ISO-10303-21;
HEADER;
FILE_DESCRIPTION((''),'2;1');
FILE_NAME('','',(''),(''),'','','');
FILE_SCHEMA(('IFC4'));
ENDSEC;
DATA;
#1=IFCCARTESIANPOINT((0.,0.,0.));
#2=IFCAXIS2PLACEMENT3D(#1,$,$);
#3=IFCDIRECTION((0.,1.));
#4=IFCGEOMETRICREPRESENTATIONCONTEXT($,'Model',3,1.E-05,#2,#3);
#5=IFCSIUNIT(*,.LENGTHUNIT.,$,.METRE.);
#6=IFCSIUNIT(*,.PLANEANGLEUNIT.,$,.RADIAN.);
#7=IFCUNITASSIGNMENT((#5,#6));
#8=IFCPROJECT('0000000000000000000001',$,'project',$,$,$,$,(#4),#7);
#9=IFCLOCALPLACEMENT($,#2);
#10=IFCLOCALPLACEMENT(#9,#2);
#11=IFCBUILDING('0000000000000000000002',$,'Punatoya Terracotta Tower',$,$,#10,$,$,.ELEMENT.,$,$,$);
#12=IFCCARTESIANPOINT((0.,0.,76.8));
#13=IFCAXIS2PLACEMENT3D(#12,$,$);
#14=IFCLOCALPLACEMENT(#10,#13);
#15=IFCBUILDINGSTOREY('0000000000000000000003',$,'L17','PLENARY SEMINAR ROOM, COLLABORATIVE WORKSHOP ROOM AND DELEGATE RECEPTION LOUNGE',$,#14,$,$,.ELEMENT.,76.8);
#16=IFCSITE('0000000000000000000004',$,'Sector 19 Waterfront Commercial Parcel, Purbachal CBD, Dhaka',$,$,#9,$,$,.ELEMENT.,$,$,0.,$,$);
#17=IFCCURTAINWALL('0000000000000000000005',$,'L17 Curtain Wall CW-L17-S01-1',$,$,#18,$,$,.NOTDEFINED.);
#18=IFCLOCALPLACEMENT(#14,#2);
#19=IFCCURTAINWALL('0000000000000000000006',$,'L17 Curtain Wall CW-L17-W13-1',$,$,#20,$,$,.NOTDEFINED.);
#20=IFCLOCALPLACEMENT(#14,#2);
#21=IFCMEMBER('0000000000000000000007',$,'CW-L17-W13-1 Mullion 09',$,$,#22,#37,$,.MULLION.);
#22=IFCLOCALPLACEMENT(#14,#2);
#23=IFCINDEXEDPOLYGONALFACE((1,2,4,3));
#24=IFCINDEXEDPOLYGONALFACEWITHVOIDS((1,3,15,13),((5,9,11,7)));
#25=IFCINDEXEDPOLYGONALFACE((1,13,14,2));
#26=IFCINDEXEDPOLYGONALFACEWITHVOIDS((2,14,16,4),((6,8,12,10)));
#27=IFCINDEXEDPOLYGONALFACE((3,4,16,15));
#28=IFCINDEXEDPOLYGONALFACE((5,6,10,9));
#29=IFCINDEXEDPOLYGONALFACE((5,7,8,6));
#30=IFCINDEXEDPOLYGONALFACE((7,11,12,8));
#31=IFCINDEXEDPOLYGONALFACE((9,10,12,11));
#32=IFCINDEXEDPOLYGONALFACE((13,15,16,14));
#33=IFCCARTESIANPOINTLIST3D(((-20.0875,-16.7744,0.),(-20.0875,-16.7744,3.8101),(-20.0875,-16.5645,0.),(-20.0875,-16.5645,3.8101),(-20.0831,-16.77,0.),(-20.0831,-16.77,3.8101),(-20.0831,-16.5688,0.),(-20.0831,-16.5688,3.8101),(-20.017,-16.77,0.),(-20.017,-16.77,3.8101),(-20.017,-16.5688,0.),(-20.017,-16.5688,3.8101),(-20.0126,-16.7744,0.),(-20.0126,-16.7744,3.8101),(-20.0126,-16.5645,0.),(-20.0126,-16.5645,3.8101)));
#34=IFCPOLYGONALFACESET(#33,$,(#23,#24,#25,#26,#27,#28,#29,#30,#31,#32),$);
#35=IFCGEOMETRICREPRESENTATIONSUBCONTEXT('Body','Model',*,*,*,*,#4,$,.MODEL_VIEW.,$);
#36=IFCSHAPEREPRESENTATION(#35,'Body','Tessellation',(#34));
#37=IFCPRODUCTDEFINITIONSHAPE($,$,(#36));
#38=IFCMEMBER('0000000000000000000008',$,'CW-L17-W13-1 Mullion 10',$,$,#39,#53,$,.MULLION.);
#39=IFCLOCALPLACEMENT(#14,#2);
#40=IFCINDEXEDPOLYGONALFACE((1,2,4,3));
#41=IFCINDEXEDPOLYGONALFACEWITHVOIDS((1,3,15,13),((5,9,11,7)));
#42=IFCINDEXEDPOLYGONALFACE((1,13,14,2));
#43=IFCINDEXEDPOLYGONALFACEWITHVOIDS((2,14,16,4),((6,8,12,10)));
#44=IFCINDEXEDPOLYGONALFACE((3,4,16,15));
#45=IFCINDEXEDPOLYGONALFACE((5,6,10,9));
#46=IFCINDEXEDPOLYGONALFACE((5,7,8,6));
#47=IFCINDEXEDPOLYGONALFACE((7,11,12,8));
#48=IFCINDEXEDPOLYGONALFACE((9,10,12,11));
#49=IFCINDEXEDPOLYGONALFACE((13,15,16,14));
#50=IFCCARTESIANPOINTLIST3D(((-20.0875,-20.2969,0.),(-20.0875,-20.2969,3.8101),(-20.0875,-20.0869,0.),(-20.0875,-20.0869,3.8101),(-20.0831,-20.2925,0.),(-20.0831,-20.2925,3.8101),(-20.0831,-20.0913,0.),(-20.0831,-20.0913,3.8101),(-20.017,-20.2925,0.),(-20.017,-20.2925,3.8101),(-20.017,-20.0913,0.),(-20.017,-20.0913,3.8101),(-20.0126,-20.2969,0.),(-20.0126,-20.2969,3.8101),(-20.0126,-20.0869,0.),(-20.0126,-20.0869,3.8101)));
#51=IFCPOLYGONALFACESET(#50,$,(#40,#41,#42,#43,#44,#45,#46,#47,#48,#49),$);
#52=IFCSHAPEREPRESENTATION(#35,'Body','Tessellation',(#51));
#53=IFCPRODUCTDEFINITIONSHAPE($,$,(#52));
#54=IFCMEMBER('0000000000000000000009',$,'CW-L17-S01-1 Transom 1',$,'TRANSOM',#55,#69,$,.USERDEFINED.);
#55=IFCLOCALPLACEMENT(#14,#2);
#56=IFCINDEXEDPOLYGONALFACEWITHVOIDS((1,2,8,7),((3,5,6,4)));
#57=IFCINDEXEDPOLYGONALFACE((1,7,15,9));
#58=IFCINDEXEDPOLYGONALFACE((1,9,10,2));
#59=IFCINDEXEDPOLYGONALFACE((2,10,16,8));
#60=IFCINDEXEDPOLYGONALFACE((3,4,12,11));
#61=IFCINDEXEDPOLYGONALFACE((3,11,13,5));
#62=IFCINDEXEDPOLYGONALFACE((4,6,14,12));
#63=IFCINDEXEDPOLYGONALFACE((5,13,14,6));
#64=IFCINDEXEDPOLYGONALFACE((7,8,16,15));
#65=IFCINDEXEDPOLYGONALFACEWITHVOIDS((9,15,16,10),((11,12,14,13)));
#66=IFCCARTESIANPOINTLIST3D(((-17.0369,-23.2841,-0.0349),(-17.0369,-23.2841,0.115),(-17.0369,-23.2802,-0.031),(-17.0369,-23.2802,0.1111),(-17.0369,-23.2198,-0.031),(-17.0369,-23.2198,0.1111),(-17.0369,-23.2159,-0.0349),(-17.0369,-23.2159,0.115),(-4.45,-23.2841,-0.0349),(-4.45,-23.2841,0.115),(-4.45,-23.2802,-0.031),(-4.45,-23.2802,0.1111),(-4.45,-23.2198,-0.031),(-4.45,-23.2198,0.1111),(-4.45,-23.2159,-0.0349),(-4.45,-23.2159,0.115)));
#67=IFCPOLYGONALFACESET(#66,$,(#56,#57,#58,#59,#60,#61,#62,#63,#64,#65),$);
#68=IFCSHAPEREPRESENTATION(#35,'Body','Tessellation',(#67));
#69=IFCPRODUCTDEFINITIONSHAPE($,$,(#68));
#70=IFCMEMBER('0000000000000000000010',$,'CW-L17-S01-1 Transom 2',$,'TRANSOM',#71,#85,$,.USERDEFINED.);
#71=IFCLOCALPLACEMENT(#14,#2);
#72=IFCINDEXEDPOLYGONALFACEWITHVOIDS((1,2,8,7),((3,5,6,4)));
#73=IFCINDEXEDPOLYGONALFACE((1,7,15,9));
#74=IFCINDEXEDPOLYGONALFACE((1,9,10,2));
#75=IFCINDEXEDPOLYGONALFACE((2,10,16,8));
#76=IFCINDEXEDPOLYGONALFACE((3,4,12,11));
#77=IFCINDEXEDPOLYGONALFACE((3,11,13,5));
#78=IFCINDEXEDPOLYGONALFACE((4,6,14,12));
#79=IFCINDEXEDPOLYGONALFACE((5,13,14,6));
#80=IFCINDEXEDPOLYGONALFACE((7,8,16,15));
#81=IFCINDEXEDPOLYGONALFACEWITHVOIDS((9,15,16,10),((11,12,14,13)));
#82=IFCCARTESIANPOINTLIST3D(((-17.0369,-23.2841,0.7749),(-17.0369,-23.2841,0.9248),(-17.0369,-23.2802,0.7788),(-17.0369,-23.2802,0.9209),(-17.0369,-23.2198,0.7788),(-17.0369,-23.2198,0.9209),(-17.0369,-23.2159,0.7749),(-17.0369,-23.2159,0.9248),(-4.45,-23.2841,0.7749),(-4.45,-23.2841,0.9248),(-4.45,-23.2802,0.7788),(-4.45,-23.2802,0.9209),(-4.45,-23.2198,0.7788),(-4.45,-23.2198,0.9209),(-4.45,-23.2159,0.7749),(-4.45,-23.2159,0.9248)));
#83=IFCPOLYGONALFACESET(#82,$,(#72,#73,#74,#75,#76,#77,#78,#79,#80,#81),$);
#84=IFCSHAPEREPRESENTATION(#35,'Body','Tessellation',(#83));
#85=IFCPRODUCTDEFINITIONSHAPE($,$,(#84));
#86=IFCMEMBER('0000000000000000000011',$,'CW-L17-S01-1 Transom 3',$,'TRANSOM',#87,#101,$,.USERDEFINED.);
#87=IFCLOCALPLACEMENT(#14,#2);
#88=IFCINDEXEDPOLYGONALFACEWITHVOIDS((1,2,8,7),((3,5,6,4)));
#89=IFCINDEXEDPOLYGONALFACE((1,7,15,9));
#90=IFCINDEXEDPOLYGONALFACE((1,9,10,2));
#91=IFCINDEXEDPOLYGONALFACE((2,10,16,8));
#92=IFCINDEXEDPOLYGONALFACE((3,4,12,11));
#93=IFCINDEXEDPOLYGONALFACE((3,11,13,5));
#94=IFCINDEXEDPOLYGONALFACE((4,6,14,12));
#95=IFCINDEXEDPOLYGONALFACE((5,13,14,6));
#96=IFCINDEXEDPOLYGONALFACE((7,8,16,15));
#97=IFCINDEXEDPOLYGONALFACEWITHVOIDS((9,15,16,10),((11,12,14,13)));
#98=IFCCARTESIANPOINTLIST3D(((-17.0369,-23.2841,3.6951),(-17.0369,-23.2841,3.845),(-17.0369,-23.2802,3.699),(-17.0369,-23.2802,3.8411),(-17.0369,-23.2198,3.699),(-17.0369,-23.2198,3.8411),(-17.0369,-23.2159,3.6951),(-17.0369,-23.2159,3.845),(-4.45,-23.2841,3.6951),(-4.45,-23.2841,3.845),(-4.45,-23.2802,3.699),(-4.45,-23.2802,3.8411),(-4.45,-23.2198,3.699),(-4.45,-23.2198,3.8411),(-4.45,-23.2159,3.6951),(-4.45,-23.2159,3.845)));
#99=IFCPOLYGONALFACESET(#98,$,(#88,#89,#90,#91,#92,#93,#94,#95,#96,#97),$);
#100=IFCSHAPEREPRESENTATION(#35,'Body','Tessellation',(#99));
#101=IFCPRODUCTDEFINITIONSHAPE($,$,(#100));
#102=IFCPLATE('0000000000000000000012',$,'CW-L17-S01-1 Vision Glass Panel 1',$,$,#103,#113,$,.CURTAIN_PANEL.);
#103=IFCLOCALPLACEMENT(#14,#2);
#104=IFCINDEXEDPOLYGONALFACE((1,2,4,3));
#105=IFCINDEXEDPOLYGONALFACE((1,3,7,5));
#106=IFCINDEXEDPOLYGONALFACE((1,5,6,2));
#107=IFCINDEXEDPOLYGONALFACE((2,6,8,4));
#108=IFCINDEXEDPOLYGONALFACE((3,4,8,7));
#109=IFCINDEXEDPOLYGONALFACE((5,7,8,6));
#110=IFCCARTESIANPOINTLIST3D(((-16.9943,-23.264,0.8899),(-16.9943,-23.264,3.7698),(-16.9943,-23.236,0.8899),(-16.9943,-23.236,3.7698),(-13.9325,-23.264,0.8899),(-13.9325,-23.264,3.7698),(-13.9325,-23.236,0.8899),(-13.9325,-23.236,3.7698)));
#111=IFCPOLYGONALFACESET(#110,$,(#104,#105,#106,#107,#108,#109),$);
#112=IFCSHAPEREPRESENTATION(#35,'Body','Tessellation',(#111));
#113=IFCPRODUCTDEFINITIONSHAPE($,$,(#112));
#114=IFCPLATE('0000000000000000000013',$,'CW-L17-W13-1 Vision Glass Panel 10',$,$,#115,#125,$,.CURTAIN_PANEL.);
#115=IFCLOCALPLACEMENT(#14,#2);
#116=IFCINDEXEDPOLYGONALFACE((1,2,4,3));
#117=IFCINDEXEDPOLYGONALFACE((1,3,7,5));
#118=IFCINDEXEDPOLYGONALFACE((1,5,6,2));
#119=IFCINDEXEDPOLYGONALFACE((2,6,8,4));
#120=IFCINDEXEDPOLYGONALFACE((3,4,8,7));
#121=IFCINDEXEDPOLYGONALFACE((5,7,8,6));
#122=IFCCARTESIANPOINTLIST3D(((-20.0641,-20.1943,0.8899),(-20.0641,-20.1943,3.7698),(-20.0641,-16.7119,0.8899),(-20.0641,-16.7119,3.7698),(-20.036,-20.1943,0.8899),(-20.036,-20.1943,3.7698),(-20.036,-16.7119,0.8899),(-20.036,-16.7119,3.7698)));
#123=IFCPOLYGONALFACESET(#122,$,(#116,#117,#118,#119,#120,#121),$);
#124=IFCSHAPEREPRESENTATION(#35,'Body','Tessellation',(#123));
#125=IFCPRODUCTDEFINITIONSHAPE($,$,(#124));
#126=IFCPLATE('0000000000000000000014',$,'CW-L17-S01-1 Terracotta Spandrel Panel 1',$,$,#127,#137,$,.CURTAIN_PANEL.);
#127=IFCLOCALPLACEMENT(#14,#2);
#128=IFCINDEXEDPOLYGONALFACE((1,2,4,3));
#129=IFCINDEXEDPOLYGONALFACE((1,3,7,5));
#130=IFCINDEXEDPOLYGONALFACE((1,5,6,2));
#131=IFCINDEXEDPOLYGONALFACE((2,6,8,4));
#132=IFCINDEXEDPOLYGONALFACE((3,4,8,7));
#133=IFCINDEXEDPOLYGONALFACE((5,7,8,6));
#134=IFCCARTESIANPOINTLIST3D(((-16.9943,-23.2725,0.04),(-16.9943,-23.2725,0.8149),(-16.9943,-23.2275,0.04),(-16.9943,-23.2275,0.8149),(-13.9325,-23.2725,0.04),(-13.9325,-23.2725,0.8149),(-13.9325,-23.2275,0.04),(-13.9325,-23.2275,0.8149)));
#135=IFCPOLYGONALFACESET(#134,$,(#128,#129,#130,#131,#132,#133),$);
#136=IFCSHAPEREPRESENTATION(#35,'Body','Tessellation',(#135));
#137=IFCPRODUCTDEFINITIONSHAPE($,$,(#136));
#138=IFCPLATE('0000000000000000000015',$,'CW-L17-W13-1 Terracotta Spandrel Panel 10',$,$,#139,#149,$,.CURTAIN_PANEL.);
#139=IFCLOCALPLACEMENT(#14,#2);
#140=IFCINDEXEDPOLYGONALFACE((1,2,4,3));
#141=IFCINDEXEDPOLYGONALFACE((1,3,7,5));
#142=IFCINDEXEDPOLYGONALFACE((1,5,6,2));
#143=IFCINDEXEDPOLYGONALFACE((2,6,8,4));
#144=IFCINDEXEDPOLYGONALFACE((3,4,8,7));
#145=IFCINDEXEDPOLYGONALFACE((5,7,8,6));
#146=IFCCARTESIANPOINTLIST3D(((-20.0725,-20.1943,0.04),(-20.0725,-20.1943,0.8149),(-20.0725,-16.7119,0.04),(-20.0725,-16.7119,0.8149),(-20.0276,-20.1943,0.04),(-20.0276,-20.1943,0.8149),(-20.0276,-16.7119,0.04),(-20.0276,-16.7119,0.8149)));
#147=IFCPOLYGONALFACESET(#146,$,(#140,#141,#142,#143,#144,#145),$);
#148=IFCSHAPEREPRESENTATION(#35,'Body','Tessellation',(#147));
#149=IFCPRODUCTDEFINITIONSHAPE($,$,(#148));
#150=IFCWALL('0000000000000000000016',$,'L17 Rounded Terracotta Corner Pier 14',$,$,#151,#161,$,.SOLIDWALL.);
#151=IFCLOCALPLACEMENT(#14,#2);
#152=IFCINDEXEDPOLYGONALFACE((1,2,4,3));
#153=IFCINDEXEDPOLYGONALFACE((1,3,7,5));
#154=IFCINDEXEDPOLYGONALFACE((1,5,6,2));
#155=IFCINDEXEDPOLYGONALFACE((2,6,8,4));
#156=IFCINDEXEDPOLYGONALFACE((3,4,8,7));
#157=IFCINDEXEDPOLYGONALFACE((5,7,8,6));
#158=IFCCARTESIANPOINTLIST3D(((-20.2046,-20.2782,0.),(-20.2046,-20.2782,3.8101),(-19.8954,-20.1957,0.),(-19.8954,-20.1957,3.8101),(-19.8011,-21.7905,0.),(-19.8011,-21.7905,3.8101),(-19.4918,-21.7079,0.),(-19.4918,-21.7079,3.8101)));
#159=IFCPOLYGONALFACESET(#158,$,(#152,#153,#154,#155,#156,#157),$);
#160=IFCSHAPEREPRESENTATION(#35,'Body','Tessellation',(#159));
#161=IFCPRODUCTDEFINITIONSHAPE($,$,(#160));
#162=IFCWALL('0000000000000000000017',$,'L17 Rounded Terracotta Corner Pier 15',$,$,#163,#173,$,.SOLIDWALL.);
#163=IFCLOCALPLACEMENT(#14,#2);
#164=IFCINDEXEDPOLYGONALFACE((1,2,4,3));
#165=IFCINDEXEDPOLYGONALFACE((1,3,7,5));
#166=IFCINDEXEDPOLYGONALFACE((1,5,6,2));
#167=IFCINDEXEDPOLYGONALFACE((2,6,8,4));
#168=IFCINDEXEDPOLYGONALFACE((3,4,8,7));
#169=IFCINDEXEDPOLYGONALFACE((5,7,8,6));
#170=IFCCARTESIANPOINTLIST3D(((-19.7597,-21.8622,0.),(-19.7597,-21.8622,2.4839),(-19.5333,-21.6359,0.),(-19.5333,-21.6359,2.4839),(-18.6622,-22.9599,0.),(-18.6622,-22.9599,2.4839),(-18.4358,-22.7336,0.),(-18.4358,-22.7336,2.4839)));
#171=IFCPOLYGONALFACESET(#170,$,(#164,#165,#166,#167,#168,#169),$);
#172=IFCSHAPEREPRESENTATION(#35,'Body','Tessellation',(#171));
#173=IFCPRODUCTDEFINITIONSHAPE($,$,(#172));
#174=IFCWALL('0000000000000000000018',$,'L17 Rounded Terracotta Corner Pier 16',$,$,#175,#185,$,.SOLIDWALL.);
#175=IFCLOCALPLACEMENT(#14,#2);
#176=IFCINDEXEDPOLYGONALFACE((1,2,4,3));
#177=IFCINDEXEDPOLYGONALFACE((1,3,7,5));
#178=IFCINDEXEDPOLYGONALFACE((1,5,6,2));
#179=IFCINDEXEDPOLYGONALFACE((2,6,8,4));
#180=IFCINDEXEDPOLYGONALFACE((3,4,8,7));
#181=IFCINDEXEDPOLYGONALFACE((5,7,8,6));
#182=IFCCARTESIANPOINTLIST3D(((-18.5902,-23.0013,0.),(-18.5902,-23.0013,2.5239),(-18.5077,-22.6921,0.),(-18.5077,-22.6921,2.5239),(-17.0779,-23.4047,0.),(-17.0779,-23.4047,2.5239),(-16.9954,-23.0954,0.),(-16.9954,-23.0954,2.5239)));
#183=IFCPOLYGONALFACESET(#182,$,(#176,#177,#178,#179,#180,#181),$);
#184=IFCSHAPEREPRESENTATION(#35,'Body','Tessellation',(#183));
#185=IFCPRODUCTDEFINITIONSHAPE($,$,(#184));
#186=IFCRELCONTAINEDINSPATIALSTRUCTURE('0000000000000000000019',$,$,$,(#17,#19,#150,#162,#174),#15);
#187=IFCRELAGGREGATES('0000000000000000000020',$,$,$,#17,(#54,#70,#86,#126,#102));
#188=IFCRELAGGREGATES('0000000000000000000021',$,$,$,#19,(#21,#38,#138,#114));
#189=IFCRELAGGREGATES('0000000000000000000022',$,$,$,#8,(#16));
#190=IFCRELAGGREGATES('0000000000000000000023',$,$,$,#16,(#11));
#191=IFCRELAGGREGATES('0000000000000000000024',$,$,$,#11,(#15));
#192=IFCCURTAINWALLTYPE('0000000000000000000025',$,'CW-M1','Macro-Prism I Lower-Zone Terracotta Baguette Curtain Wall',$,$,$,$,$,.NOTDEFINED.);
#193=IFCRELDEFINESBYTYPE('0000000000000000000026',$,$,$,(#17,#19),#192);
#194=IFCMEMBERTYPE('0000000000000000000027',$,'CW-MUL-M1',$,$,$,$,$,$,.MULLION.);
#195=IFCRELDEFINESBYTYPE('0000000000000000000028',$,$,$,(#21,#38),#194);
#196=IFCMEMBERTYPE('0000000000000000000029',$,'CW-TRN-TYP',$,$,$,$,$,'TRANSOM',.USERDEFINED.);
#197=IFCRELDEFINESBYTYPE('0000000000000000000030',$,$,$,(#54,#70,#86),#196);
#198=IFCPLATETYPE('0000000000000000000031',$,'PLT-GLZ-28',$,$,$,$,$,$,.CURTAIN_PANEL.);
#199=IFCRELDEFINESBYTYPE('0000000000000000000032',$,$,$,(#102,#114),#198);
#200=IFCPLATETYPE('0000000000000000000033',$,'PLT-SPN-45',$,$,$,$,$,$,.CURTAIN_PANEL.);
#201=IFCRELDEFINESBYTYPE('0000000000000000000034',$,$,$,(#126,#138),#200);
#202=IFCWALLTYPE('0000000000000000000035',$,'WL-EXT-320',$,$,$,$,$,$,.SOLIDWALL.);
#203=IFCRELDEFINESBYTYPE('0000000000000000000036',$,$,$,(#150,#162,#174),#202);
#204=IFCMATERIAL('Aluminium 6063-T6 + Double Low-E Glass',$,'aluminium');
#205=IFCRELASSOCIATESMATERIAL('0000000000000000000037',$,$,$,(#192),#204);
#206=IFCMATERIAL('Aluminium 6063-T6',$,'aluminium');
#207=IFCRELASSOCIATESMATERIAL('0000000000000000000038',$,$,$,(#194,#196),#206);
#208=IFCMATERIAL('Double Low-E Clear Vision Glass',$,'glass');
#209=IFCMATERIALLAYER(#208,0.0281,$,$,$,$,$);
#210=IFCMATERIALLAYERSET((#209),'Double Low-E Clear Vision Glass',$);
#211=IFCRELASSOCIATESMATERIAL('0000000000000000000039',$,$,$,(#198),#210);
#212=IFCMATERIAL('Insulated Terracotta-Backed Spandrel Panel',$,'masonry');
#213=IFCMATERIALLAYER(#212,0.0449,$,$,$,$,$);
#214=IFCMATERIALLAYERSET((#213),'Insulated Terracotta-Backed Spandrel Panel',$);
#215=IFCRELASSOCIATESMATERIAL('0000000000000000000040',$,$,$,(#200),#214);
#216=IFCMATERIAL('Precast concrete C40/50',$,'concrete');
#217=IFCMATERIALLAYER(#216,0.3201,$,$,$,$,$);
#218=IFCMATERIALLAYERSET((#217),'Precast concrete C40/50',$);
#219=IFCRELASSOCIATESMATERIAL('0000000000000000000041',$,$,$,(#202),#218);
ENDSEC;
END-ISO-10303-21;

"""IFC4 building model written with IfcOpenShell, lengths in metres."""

from ifc_helpers import new_model, si_unit, direction, frame, frame_2d, origin, origin_2d, place, context, subcontext, project, spatial, rectangle, hollow_rectangle, extrude, material, layer, layer_set, material_profile, profile_set, type_object, element, aggregate, save


model = new_model("IFC4")

# Units and contexts
model_context = context("Model", 3, precision=1e-05, world=origin(), true_north=direction((0.0, 1.0)))
body_context = subcontext(model_context, "Body", "Model", "MODEL_VIEW")
ifc_project = project(units=[si_unit("LENGTHUNIT", "METRE"), si_unit("PLANEANGLEUNIT", "RADIAN")], contexts=[model_context])

# Site, building, storey
site_placement = place(None, origin())
site = spatial("IfcSite", under=ifc_project, at=site_placement, Name="Sector 19 Waterfront Commercial Parcel, Purbachal CBD, Dhaka", CompositionType="ELEMENT", RefElevation=0.0)
building_placement = place(site_placement, origin())
building = spatial("IfcBuilding", under=site, at=building_placement, Name="Punatoya Terracotta Tower", CompositionType="ELEMENT")
storey_placement = place(building_placement, frame((0.0, 0.0, 76.8)))
storey = spatial("IfcBuildingStorey", under=building, at=storey_placement, Name="L17", Description="PLENARY SEMINAR ROOM, COLLABORATIVE WORKSHOP ROOM AND DELEGATE RECEPTION LOUNGE", CompositionType="ELEMENT", Elevation=76.8)

# Curtain walls, members
ifc_material_1 = material(Name="Aluminium 6063-T6 + Double Low-E Glass", Category="aluminium")
curtain_wall_type = type_object("IfcCurtainWallType", Name="CW-M1", Description="Macro-Prism I Lower-Zone Terracotta Baguette Curtain Wall", PredefinedType="NOTDEFINED", material=ifc_material_1)
curtain_wall_1_placement = place(storey_placement, origin())
curtain_wall_1 = element("IfcCurtainWall", 1, at=curtain_wall_1_placement, inside=storey, type_object=curtain_wall_type, Name="L17 Curtain Wall CW-L17-S01-1", PredefinedType="NOTDEFINED")
ifc_material_2 = material(Name="Aluminium 6063-T6", Category="aluminium")
ifc_material_profile_1 = material_profile(ifc_material_2, hollow_rectangle(XDim=0.075, YDim=0.21, WallThickness=0.0044, at=origin_2d()))
ifc_profile_set_1 = profile_set([ifc_material_profile_1], Name="Aluminium 6063-T6")
member_type_1 = type_object("IfcMemberType", Name="CW-MUL-M1", PredefinedType="MULLION", material=ifc_profile_set_1)
curtain_wall_2_placement = place(storey_placement, origin())
curtain_wall_2 = element("IfcCurtainWall", 2, at=curtain_wall_2_placement, inside=storey, type_object=curtain_wall_type, Name="L17 Curtain Wall CW-L17-W13-1", PredefinedType="NOTDEFINED")
member_1_placement = place(storey_placement, frame((-20.05, -16.6694, 0.0), z_axis=(0.0, 0.0, 1.0), x_axis=(1.0, 0.0, 0.0)))
member_1 = element("IfcMember", 3, at=member_1_placement, type_object=member_type_1, Name="CW-L17-W13-1 Mullion 09", PredefinedType="MULLION", context=body_context, shape_type="SweptSolid", body=[
    extrude(hollow_rectangle(XDim=0.075, YDim=0.21, WallThickness=0.0044, at=origin_2d()), origin(), (0.0, 0.0, 1.0), 3.8101),
])
member_2_placement = place(storey_placement, frame((-20.05, -20.1919, 0.0), z_axis=(0.0, 0.0, 1.0), x_axis=(1.0, 0.0, 0.0)))
member_2 = element("IfcMember", 4, at=member_2_placement, type_object=member_type_1, Name="CW-L17-W13-1 Mullion 10", PredefinedType="MULLION", context=body_context, shape_type="SweptSolid", body=[
    extrude(hollow_rectangle(XDim=0.075, YDim=0.21, WallThickness=0.0044, at=origin_2d()), origin(), (0.0, 0.0, 1.0), 3.8101),
])

# Members
ifc_material_profile_2 = material_profile(ifc_material_2, hollow_rectangle(XDim=0.0681, YDim=0.1499, WallThickness=0.0039, at=origin_2d()))
ifc_profile_set_2 = profile_set([ifc_material_profile_2], Name="Aluminium 6063-T6")
member_type_2 = type_object("IfcMemberType", Name="CW-TRN-TYP", ElementType="TRANSOM", PredefinedType="USERDEFINED", material=ifc_profile_set_2)
member_3_placement = place(storey_placement, frame((-17.0369, -23.25, 0.04), z_axis=(1.0, 0.0, 0.0), x_axis=(0.0, 1.0, 0.0)))
member_3 = element("IfcMember", 5, at=member_3_placement, type_object=member_type_2, Name="CW-L17-S01-1 Transom 1", ObjectType="TRANSOM", PredefinedType="USERDEFINED", context=body_context, shape_type="SweptSolid", body=[
    extrude(hollow_rectangle(XDim=0.0681, YDim=0.1499, WallThickness=0.0039, at=origin_2d()), origin(), (0.0, 0.0, 1.0), 12.5869),
])
member_4_placement = place(storey_placement, frame((-17.0369, -23.25, 0.8499), z_axis=(1.0, 0.0, 0.0), x_axis=(0.0, 1.0, 0.0)))
member_4 = element("IfcMember", 6, at=member_4_placement, type_object=member_type_2, Name="CW-L17-S01-1 Transom 2", ObjectType="TRANSOM", PredefinedType="USERDEFINED", context=body_context, shape_type="SweptSolid", body=[
    extrude(hollow_rectangle(XDim=0.0681, YDim=0.1499, WallThickness=0.0039, at=origin_2d()), origin(), (0.0, 0.0, 1.0), 12.5869),
])
member_5_placement = place(storey_placement, frame((-17.0369, -23.25, 3.77), z_axis=(1.0, 0.0, 0.0), x_axis=(0.0, 1.0, 0.0)))
member_5 = element("IfcMember", 7, at=member_5_placement, type_object=member_type_2, Name="CW-L17-S01-1 Transom 3", ObjectType="TRANSOM", PredefinedType="USERDEFINED", context=body_context, shape_type="SweptSolid", body=[
    extrude(hollow_rectangle(XDim=0.0681, YDim=0.1499, WallThickness=0.0039, at=origin_2d()), origin(), (0.0, 0.0, 1.0), 12.5869),
])

# Plates
ifc_material_3 = material(Name="Double Low-E Clear Vision Glass", Category="glass")
ifc_layer_1 = layer(ifc_material_3, 0.0281)
ifc_layer_set_1 = layer_set([ifc_layer_1], Name="Double Low-E Clear Vision Glass")
plate_type_1 = type_object("IfcPlateType", Name="PLT-GLZ-28", PredefinedType="CURTAIN_PANEL", material=ifc_layer_set_1)
plate_1_placement = place(storey_placement, frame((-15.4634, -23.25, 0.8899), z_axis=(0.0, 0.0, 1.0), x_axis=(1.0, 0.0, 0.0)))
plate_1 = element("IfcPlate", 8, at=plate_1_placement, type_object=plate_type_1, Name="CW-L17-S01-1 Vision Glass Panel 1", PredefinedType="CURTAIN_PANEL", context=body_context, shape_type="SweptSolid", body=[
    extrude(rectangle(XDim=3.0618, YDim=0.0281, at=origin_2d()), origin(), (0.0, 0.0, 1.0), 2.8799),
])
plate_2_placement = place(storey_placement, frame((-20.05, -18.4531, 0.8899), z_axis=(0.0, 0.0, 1.0), x_axis=(0.0, -1.0, 0.0)))
plate_2 = element("IfcPlate", 9, at=plate_2_placement, type_object=plate_type_1, Name="CW-L17-W13-1 Vision Glass Panel 10", PredefinedType="CURTAIN_PANEL", context=body_context, shape_type="SweptSolid", body=[
    extrude(rectangle(XDim=3.4824, YDim=0.0281, at=origin_2d()), origin(), (0.0, 0.0, 1.0), 2.8799),
])
ifc_material_4 = material(Name="Insulated Terracotta-Backed Spandrel Panel", Category="masonry")
ifc_layer_2 = layer(ifc_material_4, 0.0449)
ifc_layer_set_2 = layer_set([ifc_layer_2], Name="Insulated Terracotta-Backed Spandrel Panel")
plate_type_2 = type_object("IfcPlateType", Name="PLT-SPN-45", PredefinedType="CURTAIN_PANEL", material=ifc_layer_set_2)
plate_3_placement = place(storey_placement, frame((-15.4634, -23.25, 0.04), z_axis=(0.0, 0.0, 1.0), x_axis=(1.0, 0.0, 0.0)))
plate_3 = element("IfcPlate", 10, at=plate_3_placement, type_object=plate_type_2, Name="CW-L17-S01-1 Terracotta Spandrel Panel 1", PredefinedType="CURTAIN_PANEL", context=body_context, shape_type="SweptSolid", body=[
    extrude(rectangle(XDim=3.0618, YDim=0.0449, at=origin_2d()), origin(), (0.0, 0.0, 1.0), 0.7749),
])
aggregate(curtain_wall_1, [member_3, member_4, member_5, plate_3, plate_1])
plate_4_placement = place(storey_placement, frame((-20.05, -18.4531, 0.04), z_axis=(0.0, 0.0, 1.0), x_axis=(0.0, -1.0, 0.0)))
plate_4 = element("IfcPlate", 11, at=plate_4_placement, type_object=plate_type_2, Name="CW-L17-W13-1 Terracotta Spandrel Panel 10", PredefinedType="CURTAIN_PANEL", context=body_context, shape_type="SweptSolid", body=[
    extrude(rectangle(XDim=3.4824, YDim=0.0449, at=origin_2d()), origin(), (0.0, 0.0, 1.0), 0.7749),
])
aggregate(curtain_wall_2, [member_1, member_2, plate_4, plate_2])

# Walls
ifc_material_5 = material(Name="Precast concrete C40/50", Category="concrete")
ifc_layer_3 = layer(ifc_material_5, 0.3201)
ifc_layer_set_3 = layer_set([ifc_layer_3], Name="Precast concrete C40/50")
wall_type = type_object("IfcWallType", Name="WL-EXT-320", PredefinedType="SOLIDWALL", material=ifc_layer_set_3)
wall_1_placement = place(storey_placement, frame((-20.05, -20.2368, 0.0), z_axis=(0.0, 0.0, 1.0), x_axis=(0.257847, -0.966186, 0.0)))
element("IfcWall", 12, at=wall_1_placement, inside=storey, type_object=wall_type, Name="L17 Rounded Terracotta Corner Pier 14", PredefinedType="SOLIDWALL", context=body_context, shape_type="SweptSolid", body=[
    extrude(rectangle(XDim=1.5652, YDim=0.3201, at=frame_2d((0.7827, 0.0))), origin(), (0.0, 0.0, 1.0), 3.8101),
])
wall_2_placement = place(storey_placement, frame((-19.6465, -21.749, 0.0), z_axis=(0.0, 0.0, 1.0), x_axis=(0.707028, -0.707185, 0.0)))
element("IfcWall", 13, at=wall_2_placement, inside=storey, type_object=wall_type, Name="L17 Rounded Terracotta Corner Pier 15", PredefinedType="SOLIDWALL", context=body_context, shape_type="SweptSolid", body=[
    extrude(rectangle(XDim=1.5522, YDim=0.3201, at=frame_2d((0.7761, 0.0))), origin(), (0.0, 0.0, 1.0), 2.4839),
])
wall_3_placement = place(storey_placement, frame((-18.5491, -22.8467, 0.0), z_axis=(0.0, 0.0, 1.0), x_axis=(0.966225, -0.257701, 0.0)))
element("IfcWall", 14, at=wall_3_placement, inside=storey, type_object=wall_type, Name="L17 Rounded Terracotta Corner Pier 16", PredefinedType="SOLIDWALL", context=body_context, shape_type="SweptSolid", body=[
    extrude(rectangle(XDim=1.5652, YDim=0.3201, at=frame_2d((0.7827, 0.0))), origin(), (0.0, 0.0, 1.0), 2.5239),
])

save(model, "model.ifc")
